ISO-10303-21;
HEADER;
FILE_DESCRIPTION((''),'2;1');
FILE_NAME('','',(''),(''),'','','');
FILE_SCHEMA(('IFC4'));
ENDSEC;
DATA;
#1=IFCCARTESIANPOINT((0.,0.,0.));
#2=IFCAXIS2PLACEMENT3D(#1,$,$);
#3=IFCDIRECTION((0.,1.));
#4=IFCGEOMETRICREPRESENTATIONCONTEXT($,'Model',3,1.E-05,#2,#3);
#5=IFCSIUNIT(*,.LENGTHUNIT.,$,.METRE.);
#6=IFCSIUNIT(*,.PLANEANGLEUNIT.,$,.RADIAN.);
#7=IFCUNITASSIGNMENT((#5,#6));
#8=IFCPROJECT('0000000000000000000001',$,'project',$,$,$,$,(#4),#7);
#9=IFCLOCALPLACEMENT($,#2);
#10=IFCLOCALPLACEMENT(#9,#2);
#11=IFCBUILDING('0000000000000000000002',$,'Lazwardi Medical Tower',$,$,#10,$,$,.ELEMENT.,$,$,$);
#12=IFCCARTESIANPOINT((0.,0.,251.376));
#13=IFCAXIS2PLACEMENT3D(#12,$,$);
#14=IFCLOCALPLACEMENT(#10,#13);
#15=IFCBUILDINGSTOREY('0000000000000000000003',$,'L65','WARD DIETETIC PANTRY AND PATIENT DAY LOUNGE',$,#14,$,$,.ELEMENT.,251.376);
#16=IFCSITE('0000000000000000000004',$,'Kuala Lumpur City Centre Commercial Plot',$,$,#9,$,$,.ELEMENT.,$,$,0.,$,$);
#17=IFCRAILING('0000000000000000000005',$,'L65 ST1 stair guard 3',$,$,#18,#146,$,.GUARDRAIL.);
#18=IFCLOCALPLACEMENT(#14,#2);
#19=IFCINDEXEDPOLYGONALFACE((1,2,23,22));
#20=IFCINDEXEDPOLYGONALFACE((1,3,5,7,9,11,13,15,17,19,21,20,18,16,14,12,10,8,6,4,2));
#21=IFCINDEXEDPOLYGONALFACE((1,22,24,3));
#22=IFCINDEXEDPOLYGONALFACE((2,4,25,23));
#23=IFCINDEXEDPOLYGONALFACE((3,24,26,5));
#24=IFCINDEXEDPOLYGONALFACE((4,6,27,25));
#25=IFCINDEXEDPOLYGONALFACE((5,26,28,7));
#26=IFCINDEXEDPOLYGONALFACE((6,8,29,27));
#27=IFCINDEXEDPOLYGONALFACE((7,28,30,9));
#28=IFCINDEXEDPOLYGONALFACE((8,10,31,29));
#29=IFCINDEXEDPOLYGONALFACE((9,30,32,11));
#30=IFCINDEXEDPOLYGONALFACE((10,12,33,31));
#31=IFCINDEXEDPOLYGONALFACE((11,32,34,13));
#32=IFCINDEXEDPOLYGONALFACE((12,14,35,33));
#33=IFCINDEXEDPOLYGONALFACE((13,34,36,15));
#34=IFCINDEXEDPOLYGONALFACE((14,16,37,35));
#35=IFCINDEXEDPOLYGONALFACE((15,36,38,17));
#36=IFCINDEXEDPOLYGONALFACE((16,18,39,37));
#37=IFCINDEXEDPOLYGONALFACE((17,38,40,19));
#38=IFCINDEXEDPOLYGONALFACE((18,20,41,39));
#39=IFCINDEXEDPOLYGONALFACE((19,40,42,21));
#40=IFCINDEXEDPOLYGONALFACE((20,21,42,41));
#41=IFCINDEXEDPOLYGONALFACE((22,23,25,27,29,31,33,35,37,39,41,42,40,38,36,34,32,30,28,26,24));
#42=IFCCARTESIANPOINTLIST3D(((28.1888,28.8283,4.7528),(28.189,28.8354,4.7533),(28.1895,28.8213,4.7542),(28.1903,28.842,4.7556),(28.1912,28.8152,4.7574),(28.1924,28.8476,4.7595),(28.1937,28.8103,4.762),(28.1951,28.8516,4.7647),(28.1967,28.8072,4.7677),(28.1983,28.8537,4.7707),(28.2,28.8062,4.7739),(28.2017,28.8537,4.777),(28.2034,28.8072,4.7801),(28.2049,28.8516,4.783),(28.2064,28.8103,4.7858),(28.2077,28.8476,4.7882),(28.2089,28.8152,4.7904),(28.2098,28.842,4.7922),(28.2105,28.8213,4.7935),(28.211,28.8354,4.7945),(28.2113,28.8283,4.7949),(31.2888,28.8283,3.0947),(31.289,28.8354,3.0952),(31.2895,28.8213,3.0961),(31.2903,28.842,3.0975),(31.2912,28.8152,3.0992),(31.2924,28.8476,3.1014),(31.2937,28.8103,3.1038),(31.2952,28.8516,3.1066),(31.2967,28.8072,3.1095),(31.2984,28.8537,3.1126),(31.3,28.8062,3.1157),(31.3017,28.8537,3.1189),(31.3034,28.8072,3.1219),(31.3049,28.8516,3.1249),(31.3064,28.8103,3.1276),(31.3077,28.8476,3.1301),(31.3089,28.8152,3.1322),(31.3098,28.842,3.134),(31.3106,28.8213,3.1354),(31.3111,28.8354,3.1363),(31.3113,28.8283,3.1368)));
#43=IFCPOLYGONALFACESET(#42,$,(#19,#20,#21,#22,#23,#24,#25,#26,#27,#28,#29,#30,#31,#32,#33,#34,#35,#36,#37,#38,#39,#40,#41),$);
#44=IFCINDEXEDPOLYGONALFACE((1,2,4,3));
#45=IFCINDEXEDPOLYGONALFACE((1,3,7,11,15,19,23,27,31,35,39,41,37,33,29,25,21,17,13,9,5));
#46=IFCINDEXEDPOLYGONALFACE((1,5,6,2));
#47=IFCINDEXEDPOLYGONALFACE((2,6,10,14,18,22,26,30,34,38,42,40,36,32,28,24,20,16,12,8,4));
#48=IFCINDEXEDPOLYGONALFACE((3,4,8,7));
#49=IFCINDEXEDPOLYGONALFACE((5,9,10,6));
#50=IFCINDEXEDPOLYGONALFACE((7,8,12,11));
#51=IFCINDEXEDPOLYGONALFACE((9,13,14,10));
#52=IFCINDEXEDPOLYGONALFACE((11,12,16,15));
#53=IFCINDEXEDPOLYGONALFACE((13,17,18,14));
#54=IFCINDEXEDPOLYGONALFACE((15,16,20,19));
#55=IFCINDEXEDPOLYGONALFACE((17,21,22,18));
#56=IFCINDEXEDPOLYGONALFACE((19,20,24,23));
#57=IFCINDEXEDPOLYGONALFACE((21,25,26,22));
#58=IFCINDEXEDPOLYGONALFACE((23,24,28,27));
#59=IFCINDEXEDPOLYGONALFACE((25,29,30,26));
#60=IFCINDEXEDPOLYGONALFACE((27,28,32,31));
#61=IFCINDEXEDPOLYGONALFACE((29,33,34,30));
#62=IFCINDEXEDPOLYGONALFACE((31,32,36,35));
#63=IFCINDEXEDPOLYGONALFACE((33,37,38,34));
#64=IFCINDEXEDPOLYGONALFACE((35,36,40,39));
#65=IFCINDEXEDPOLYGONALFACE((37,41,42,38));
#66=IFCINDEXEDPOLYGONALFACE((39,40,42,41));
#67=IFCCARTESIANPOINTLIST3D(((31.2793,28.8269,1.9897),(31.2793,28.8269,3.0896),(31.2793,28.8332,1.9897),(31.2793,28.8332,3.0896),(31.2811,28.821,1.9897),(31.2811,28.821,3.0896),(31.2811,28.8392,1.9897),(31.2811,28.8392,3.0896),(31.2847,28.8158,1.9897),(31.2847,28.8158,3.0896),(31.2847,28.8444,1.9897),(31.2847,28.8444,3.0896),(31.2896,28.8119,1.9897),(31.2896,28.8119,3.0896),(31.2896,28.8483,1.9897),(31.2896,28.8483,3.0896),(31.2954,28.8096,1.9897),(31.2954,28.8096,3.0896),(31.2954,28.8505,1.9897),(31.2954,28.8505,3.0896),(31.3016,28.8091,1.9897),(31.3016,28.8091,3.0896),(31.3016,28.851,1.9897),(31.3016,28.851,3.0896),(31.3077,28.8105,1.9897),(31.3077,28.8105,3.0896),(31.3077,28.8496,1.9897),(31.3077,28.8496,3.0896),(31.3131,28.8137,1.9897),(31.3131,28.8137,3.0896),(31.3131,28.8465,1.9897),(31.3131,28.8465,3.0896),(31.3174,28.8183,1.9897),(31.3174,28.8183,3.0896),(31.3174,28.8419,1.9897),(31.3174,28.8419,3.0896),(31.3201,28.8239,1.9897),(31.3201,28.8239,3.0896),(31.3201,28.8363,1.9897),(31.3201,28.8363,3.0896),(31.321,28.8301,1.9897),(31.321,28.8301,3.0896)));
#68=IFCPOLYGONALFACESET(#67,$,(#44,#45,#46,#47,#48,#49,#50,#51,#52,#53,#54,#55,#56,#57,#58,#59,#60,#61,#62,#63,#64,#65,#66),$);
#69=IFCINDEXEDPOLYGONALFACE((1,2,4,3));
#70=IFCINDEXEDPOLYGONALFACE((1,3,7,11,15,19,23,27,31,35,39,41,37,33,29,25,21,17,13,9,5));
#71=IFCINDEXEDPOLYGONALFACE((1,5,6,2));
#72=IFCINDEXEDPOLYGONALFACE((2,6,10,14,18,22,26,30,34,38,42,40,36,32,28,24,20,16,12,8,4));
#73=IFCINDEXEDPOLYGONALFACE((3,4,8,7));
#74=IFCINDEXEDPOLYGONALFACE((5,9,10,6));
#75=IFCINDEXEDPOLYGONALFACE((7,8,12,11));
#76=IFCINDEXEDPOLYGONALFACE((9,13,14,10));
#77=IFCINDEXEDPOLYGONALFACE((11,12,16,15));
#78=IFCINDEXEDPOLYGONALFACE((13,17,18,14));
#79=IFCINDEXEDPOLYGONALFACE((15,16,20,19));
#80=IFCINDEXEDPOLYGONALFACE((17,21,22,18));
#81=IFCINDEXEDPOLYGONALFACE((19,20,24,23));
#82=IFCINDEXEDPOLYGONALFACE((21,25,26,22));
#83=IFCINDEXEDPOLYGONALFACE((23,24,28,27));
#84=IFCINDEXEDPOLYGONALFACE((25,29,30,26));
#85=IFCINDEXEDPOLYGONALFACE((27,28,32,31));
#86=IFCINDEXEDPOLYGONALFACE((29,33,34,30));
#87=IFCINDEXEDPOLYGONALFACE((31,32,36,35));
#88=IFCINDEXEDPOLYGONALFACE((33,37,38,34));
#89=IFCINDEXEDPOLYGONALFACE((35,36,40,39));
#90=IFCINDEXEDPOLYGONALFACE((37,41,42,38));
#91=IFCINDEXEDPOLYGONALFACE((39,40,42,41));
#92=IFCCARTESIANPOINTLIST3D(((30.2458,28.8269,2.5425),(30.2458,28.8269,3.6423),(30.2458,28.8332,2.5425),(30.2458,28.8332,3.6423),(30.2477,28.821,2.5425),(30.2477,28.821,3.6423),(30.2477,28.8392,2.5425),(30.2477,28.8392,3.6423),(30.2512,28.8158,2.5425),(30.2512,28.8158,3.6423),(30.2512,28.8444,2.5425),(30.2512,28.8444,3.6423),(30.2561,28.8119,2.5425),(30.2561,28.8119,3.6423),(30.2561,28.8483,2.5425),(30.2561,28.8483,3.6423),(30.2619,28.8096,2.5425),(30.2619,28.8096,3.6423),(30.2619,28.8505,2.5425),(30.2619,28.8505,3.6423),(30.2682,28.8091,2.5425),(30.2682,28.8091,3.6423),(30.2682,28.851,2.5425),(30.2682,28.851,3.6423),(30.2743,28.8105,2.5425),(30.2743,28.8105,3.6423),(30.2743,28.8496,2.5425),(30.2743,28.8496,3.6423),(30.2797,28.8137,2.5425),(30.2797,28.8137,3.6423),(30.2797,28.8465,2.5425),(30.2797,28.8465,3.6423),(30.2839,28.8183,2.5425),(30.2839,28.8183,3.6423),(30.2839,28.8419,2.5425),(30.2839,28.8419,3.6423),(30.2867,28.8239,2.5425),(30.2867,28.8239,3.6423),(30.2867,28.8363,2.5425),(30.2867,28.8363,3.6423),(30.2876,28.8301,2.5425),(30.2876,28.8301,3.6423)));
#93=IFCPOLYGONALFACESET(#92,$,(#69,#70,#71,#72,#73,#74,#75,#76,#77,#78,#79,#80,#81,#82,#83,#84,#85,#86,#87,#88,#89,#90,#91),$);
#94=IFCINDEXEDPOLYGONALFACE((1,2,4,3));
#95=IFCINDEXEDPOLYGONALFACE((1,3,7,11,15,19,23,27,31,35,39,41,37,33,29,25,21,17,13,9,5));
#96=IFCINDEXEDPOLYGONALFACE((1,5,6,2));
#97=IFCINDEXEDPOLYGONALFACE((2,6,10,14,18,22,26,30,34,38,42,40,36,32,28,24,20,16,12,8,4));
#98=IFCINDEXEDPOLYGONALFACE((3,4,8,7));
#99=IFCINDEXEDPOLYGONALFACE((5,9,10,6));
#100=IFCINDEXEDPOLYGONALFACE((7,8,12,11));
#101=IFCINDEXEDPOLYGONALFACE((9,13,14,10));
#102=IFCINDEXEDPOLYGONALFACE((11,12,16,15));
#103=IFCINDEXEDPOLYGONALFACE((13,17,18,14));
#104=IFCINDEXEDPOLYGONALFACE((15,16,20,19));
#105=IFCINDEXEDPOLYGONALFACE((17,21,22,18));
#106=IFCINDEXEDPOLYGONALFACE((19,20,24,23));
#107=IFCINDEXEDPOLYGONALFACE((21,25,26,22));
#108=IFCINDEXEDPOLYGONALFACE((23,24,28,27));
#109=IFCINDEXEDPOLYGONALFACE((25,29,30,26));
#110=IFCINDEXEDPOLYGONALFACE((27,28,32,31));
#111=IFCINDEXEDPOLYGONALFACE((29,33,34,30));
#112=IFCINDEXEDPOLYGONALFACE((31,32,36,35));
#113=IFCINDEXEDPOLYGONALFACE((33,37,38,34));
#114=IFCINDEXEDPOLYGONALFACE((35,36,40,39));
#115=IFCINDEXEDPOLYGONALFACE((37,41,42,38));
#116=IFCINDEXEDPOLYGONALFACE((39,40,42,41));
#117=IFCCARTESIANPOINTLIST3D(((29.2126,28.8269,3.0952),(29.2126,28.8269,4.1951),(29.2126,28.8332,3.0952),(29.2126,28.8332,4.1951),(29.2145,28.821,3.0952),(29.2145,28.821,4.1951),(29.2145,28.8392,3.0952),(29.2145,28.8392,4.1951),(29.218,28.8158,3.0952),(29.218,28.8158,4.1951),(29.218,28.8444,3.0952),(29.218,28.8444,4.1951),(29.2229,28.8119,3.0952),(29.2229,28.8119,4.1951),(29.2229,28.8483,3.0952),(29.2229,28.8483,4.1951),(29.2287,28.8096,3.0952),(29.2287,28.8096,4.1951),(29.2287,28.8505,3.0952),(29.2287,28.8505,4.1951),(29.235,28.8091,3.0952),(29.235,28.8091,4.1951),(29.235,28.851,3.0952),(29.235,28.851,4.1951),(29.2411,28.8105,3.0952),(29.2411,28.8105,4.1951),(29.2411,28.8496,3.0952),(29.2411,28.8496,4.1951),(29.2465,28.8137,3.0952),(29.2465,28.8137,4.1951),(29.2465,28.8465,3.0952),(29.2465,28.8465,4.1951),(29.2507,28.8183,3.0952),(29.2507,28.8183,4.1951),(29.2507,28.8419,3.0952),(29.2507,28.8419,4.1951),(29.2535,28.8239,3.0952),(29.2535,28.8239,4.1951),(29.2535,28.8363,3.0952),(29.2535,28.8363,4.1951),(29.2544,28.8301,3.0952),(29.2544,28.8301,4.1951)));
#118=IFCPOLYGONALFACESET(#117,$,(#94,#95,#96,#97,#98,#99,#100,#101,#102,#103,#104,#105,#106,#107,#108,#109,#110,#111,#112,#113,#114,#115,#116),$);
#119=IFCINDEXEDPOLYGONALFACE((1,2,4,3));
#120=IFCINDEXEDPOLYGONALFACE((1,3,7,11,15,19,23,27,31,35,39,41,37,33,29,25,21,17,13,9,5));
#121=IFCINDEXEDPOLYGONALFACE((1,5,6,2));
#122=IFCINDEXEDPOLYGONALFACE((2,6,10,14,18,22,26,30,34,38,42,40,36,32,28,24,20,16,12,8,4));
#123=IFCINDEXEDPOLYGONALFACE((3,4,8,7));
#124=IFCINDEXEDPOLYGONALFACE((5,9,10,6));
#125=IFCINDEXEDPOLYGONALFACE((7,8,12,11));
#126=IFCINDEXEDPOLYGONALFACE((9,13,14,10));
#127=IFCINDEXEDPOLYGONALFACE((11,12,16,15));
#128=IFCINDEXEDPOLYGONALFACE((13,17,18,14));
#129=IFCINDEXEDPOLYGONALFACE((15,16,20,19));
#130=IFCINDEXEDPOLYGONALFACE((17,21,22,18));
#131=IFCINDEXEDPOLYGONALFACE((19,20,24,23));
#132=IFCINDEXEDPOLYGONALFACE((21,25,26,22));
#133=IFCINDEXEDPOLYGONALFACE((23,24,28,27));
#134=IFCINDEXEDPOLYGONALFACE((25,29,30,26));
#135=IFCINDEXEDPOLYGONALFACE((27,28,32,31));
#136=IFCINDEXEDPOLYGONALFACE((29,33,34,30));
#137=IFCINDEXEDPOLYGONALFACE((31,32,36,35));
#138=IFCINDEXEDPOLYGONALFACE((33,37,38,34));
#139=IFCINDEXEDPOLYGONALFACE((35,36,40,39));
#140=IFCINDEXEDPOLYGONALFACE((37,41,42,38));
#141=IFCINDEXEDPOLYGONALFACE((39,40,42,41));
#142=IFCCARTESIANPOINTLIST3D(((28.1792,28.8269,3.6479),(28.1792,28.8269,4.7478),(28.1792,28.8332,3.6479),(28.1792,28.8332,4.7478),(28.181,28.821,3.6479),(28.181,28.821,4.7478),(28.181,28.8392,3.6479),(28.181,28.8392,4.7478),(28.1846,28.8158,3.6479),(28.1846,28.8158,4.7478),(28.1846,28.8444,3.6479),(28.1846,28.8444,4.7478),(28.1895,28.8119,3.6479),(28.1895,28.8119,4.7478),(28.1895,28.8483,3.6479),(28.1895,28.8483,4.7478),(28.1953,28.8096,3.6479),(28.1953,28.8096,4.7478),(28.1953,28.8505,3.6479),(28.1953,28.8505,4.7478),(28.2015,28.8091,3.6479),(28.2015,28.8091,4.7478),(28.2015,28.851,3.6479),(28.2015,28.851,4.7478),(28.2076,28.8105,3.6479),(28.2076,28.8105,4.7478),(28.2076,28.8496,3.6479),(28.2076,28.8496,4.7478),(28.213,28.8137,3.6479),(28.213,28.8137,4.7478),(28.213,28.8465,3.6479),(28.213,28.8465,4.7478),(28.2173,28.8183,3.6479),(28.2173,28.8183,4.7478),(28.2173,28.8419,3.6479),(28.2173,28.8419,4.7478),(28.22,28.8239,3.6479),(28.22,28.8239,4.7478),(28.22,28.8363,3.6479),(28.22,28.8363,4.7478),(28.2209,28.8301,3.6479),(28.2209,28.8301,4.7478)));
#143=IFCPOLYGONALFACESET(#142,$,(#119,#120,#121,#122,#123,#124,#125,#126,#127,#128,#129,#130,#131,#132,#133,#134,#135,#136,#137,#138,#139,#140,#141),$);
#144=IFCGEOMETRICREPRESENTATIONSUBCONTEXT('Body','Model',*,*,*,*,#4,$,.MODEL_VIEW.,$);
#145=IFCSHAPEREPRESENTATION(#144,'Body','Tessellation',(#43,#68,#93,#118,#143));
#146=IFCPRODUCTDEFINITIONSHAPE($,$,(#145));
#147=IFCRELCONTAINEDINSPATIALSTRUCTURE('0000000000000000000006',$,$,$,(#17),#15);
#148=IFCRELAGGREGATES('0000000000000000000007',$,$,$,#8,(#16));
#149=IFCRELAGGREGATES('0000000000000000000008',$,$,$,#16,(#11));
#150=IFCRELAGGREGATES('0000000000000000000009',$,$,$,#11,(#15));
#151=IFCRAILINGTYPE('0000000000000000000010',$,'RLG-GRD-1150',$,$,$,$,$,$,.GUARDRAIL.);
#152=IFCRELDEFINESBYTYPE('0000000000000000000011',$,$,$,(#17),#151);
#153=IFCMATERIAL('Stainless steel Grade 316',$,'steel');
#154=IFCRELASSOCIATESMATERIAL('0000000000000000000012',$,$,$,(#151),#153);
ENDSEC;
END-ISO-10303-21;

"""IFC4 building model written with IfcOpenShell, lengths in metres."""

from ifc_helpers import new_model, si_unit, direction, frame, origin, origin_2d, place, context, subcontext, project, spatial, circle, extrude, material, type_object, element, save


model = new_model("IFC4")

# Units and contexts
model_context = context("Model", 3, precision=1e-05, world=origin(), true_north=direction((0.0, 1.0)))
body_context = subcontext(model_context, "Body", "Model", "MODEL_VIEW")
ifc_project = project(units=[si_unit("LENGTHUNIT", "METRE"), si_unit("PLANEANGLEUNIT", "RADIAN")], contexts=[model_context])

# Site, building, storey
site_placement = place(None, origin())
site = spatial("IfcSite", under=ifc_project, at=site_placement, Name="Kuala Lumpur City Centre Commercial Plot", CompositionType="ELEMENT", RefElevation=0.0)
building_placement = place(site_placement, origin())
building = spatial("IfcBuilding", under=site, at=building_placement, Name="Lazwardi Medical Tower", CompositionType="ELEMENT")
storey_placement = place(building_placement, frame((0.0, 0.0, 251.376)))
storey = spatial("IfcBuildingStorey", under=building, at=storey_placement, Name="L65", Description="WARD DIETETIC PANTRY AND PATIENT DAY LOUNGE", CompositionType="ELEMENT", Elevation=251.376)

# Railing
ifc_material_1 = material(Name="Stainless steel Grade 316", Category="steel")
railing_type_1 = type_object("IfcRailingType", Name="RLG-GRD-1150", PredefinedType="GUARDRAIL", material=ifc_material_1)
railing_1_placement = place(storey_placement, frame((31.3, 28.8301, 1.9897)))
element("IfcRailing", 1, at=railing_1_placement, inside=storey, type_object=railing_type_1, Name="L65 ST1 stair guard 3", PredefinedType="GUARDRAIL", context=body_context, shape_type="SweptSolid", body=[
    extrude(circle(Radius=0.0239, at=origin_2d()), frame((0.0, 0.0, 1.126), z_axis=(-0.881783, 0.0, 0.471655), x_axis=(0.0, -1.0, 0.0)), (0.0, 0.0, 1.0), 3.5156),
    extrude(circle(Radius=0.021, at=origin_2d()), origin(), (0.0, 0.0, 1.0), 1.0999),
    extrude(circle(Radius=0.021, at=origin_2d()), frame((-1.0334, 0.0, 0.5527)), (0.0, 0.0, 1.0), 1.0999),
    extrude(circle(Radius=0.021, at=origin_2d()), frame((-2.0667, 0.0, 1.1055)), (0.0, 0.0, 1.0), 1.0999),
    extrude(circle(Radius=0.021, at=origin_2d()), frame((-3.1001, 0.0, 1.6582)), (0.0, 0.0, 1.0), 1.0999),
])

save(model, "model.ifc")
